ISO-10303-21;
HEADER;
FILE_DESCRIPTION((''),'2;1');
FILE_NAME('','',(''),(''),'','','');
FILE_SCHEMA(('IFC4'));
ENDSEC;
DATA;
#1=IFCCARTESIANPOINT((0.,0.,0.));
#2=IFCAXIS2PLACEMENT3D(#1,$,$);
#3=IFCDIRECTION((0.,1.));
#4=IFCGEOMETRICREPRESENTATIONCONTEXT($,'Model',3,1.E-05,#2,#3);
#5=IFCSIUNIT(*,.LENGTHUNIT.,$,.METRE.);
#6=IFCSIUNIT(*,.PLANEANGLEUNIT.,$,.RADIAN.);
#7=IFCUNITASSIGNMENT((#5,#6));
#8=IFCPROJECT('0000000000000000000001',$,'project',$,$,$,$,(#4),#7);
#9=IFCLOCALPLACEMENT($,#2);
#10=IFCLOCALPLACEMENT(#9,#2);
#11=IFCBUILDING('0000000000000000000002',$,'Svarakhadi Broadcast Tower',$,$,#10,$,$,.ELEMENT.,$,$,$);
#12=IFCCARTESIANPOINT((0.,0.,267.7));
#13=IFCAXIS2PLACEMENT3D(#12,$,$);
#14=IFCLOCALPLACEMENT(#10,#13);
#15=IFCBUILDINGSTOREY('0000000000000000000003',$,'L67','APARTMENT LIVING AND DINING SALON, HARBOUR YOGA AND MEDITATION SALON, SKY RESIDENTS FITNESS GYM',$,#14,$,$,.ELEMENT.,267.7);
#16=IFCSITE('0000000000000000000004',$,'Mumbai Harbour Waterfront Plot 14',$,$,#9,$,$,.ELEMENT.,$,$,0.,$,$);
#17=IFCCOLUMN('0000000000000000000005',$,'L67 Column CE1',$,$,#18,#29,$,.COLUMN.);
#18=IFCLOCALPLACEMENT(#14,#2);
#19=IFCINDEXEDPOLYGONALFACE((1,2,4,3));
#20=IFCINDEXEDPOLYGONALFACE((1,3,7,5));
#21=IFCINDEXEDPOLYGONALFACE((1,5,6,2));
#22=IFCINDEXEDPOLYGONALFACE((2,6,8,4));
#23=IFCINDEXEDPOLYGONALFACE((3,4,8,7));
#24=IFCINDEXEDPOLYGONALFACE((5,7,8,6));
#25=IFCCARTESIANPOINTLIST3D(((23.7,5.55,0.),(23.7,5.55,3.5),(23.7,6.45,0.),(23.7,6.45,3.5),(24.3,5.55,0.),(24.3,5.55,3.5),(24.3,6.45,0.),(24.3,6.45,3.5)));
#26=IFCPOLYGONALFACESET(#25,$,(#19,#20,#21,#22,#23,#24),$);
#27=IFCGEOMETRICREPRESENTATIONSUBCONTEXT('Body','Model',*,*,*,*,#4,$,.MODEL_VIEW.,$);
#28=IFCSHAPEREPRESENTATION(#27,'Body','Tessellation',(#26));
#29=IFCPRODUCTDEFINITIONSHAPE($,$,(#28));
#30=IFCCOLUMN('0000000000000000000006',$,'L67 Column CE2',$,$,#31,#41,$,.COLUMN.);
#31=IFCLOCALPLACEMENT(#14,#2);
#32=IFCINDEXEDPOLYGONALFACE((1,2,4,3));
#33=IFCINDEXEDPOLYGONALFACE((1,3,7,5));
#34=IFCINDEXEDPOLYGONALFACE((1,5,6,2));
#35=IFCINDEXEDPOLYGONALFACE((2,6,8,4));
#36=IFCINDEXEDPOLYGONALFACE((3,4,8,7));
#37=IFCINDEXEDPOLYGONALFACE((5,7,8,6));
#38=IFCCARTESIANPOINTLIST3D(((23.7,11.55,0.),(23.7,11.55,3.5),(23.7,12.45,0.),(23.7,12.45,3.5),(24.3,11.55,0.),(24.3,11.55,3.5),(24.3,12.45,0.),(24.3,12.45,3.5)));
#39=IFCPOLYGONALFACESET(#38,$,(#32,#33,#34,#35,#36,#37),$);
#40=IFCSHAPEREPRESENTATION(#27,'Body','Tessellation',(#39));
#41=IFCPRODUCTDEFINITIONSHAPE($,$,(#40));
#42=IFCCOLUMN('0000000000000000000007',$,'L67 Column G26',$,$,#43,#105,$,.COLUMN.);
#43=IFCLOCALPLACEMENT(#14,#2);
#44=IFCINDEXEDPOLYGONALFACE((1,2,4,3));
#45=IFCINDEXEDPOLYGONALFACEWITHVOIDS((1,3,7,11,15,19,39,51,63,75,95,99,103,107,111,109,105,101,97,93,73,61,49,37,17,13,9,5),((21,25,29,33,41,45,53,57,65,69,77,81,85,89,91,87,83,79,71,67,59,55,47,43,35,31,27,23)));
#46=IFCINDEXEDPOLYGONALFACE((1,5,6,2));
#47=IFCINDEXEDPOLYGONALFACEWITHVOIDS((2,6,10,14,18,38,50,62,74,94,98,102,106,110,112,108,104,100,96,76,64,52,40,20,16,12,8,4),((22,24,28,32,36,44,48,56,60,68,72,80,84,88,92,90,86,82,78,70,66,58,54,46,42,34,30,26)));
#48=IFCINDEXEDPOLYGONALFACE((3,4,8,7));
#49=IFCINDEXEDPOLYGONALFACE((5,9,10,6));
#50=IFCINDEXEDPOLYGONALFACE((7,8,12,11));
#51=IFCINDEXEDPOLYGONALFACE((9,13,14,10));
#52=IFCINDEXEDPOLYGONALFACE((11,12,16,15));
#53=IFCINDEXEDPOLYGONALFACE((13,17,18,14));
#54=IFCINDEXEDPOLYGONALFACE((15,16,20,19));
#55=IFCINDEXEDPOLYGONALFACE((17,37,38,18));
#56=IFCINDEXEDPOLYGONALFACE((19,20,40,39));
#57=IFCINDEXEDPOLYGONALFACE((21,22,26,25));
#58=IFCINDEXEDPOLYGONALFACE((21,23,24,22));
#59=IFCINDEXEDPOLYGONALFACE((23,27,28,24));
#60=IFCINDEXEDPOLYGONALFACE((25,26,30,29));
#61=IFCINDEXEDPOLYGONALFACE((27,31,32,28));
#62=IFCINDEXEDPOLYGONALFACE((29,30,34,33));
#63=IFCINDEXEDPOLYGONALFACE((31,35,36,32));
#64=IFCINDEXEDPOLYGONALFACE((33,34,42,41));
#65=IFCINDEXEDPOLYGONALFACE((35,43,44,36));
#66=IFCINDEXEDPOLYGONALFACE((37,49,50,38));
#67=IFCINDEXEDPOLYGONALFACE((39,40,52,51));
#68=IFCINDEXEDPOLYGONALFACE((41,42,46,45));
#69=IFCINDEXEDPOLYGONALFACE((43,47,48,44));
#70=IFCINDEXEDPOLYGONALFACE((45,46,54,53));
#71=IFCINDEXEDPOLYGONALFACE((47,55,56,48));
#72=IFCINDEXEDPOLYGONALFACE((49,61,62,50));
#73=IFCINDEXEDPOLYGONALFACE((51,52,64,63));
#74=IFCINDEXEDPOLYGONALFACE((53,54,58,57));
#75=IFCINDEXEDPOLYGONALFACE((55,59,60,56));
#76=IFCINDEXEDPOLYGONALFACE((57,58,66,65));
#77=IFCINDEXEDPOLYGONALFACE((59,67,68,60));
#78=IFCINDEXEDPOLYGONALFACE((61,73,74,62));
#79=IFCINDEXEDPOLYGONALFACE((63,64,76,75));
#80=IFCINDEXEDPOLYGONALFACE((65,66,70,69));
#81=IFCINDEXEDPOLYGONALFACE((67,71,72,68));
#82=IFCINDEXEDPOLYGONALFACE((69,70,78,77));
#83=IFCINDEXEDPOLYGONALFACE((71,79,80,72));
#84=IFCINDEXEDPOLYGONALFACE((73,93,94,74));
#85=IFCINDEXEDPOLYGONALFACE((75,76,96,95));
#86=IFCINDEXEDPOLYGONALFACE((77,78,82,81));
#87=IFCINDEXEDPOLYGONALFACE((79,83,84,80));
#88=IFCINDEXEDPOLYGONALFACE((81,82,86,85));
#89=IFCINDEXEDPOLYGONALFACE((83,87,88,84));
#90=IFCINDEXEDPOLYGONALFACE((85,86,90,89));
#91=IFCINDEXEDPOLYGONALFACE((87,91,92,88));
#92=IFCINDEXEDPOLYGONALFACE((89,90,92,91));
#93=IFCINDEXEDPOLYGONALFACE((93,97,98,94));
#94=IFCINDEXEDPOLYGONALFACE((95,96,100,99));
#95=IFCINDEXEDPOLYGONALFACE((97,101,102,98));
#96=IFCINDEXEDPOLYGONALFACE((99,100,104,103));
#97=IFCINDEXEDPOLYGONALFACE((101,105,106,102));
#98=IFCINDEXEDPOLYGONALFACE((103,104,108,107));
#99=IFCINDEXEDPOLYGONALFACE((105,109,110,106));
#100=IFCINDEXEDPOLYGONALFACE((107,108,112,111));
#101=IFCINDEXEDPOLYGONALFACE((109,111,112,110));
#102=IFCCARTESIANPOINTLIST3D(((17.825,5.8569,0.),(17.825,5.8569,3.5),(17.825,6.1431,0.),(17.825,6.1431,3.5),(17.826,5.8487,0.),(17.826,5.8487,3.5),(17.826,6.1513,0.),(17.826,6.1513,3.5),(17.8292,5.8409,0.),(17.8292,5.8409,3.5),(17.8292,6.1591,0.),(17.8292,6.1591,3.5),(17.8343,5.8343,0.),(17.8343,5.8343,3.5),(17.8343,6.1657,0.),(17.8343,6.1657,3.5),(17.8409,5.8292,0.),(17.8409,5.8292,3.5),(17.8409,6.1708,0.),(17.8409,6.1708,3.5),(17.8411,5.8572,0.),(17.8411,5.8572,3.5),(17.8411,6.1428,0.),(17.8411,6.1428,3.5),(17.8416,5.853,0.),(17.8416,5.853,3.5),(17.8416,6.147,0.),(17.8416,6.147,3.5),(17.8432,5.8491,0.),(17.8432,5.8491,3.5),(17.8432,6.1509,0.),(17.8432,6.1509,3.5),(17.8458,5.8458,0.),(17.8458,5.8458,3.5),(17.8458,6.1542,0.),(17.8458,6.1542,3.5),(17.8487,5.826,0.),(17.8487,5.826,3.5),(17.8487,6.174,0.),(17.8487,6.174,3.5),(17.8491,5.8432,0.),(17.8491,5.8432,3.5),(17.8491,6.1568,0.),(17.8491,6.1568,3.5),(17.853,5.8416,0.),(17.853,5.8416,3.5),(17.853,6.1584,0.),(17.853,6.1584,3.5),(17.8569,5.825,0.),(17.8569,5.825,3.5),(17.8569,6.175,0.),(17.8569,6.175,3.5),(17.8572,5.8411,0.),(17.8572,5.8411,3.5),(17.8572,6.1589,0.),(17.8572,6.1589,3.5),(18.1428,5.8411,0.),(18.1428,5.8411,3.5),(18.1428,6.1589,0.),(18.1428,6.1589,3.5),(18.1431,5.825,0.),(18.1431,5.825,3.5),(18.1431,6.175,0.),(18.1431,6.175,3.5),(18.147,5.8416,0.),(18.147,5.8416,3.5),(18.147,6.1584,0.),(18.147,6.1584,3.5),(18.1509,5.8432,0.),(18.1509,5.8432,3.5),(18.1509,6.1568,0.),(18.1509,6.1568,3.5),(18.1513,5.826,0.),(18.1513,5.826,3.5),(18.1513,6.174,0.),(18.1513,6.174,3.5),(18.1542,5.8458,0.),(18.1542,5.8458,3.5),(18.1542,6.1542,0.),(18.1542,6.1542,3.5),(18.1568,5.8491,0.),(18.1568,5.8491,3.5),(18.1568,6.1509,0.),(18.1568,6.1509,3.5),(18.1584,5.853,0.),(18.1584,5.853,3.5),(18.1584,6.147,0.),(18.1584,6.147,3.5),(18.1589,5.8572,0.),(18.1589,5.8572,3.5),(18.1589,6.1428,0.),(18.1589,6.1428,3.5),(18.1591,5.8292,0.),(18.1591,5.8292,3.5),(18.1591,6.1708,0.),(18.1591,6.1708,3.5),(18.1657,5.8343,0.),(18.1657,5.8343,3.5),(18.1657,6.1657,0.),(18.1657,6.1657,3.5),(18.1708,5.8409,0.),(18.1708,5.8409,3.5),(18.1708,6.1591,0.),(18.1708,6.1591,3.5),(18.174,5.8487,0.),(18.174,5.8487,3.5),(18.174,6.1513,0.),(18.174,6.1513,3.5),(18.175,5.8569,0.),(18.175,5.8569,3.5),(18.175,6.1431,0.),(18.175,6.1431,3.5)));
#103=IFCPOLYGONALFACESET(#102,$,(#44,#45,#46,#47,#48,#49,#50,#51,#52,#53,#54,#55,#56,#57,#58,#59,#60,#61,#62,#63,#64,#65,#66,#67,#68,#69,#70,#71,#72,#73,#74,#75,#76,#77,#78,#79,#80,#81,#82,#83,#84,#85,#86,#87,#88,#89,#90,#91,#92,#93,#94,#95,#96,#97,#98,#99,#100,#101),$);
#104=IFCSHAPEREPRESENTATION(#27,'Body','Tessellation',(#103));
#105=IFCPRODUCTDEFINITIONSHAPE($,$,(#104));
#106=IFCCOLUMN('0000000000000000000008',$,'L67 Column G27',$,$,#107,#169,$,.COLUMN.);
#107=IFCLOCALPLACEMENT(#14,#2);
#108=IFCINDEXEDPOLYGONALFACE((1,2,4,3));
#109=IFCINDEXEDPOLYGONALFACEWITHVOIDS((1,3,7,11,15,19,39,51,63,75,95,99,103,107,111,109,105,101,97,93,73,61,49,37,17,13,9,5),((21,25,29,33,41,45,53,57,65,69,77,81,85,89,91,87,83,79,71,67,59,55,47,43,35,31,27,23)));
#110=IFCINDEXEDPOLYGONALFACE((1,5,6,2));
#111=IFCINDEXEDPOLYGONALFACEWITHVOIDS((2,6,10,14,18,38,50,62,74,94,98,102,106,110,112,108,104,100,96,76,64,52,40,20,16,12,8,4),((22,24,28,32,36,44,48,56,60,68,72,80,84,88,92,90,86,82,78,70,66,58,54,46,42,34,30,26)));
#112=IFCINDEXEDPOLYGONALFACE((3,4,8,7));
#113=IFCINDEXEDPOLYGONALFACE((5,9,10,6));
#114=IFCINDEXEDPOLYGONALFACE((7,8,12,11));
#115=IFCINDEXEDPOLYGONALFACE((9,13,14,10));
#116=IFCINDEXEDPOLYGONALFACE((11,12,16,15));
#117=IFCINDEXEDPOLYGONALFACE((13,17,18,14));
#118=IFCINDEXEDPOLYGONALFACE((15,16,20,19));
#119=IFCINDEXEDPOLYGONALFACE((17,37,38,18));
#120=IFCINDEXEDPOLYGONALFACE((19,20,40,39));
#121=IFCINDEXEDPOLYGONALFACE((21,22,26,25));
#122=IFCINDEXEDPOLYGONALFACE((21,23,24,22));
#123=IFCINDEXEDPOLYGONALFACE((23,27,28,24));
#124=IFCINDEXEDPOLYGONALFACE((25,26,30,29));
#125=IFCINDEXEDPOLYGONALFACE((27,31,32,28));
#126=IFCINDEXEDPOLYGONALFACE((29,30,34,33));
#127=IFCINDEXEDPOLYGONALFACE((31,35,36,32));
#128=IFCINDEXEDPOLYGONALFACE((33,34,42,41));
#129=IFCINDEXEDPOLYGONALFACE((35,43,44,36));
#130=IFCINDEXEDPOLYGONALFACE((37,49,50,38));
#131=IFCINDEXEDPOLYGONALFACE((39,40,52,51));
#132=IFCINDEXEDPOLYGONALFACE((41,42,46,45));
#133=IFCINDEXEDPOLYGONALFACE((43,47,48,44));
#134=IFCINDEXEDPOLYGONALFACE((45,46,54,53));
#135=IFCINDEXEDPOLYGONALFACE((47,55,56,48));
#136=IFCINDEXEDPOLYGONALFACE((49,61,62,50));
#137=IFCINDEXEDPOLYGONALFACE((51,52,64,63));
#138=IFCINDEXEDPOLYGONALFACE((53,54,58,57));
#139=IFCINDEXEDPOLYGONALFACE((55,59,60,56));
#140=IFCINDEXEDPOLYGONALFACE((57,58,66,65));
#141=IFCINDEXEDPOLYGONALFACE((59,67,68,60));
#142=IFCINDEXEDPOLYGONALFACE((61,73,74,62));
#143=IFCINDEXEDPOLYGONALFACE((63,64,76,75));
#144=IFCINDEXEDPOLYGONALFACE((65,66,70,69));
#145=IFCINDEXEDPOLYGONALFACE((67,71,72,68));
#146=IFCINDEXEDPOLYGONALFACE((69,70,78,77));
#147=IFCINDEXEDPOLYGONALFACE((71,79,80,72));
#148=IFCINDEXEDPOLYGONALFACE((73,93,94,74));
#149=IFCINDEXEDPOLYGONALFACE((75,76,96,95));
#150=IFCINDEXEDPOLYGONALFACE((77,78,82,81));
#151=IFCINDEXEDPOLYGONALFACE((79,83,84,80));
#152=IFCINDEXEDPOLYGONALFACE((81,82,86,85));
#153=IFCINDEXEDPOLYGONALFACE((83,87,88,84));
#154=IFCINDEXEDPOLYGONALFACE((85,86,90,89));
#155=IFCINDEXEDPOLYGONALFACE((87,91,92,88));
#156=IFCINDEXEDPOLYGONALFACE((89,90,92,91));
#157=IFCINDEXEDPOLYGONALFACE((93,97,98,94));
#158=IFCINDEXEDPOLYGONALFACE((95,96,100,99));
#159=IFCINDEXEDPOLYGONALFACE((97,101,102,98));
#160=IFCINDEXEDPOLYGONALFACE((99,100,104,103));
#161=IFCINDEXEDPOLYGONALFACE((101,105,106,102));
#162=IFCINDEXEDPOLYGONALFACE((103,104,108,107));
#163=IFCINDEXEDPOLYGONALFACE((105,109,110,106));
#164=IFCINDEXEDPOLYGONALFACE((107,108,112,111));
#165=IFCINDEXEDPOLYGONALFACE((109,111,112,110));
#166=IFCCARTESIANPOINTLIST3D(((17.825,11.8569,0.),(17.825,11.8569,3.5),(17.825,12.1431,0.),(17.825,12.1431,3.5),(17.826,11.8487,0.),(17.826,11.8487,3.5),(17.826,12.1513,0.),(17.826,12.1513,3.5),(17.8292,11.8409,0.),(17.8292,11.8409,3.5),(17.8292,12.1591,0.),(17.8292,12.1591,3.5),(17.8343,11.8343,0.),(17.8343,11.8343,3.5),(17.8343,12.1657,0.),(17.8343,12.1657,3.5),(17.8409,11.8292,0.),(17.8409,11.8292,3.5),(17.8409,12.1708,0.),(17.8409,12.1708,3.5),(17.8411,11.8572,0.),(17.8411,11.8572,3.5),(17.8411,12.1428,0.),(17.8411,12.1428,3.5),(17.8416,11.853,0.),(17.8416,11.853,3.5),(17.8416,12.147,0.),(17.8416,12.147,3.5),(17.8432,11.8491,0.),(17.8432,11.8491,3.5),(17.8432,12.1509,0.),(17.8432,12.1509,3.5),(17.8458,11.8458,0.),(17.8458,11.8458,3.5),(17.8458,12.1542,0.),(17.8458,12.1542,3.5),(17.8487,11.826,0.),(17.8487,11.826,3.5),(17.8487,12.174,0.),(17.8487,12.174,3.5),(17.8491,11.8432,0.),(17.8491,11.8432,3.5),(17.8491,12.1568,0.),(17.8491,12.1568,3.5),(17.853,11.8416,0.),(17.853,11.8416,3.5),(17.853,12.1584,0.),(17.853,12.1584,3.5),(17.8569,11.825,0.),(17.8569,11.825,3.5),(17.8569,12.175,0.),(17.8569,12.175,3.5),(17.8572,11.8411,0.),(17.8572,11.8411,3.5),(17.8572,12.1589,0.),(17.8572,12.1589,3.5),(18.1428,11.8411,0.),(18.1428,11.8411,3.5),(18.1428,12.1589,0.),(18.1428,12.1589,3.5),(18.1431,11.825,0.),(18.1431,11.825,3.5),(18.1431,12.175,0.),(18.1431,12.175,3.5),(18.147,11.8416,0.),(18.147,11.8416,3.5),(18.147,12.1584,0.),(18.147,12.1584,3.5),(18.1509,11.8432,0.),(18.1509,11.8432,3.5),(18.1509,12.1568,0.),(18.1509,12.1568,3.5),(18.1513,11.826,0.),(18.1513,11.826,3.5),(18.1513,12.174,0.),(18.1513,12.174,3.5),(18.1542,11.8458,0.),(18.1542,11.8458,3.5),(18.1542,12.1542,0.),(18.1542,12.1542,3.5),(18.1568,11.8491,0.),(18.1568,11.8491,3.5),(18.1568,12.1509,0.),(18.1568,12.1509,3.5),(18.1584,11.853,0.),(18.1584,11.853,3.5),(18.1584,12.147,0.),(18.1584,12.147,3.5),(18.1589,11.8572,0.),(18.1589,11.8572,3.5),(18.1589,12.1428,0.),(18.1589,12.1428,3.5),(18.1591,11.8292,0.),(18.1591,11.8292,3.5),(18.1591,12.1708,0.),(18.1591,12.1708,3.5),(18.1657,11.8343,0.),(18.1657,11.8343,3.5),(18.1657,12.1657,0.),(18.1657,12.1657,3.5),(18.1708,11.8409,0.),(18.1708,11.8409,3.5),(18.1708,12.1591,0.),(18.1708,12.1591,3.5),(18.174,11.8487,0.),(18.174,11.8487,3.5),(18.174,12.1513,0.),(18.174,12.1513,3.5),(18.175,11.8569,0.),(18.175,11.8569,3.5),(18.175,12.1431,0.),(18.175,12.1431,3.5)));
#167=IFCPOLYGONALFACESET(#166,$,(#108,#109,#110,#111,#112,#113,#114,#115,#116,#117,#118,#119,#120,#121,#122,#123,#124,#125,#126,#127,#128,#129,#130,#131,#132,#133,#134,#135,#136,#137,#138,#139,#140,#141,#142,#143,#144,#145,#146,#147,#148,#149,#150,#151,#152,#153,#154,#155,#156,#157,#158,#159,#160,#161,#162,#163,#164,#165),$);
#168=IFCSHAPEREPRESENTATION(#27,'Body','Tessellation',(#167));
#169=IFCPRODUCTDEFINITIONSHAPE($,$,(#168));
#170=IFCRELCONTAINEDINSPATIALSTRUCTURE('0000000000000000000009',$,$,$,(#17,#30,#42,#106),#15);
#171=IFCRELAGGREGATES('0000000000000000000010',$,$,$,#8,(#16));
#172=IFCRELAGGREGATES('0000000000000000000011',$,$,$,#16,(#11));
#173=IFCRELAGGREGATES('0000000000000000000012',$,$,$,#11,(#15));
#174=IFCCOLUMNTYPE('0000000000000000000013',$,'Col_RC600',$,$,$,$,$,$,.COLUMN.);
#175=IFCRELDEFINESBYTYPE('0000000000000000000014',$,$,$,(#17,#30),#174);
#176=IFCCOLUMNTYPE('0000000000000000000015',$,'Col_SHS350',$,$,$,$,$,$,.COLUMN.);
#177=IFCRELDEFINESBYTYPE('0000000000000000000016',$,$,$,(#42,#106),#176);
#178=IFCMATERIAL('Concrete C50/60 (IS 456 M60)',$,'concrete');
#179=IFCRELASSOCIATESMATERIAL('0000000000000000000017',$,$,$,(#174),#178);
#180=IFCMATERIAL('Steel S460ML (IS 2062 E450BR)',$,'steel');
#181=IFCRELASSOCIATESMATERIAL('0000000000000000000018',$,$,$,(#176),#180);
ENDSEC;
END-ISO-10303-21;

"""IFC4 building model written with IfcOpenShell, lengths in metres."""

from ifc_helpers import new_model, si_unit, direction, frame, origin, origin_2d, place, context, subcontext, project, spatial, rectangle, hollow_rectangle, extrude, material, material_profile, profile_set, type_object, element, save


model = new_model("IFC4")

# Units and contexts
model_context = context("Model", 3, precision=1e-05, world=origin(), true_north=direction((0.0, 1.0)))
body_context = subcontext(model_context, "Body", "Model", "MODEL_VIEW")
ifc_project = project(units=[si_unit("LENGTHUNIT", "METRE"), si_unit("PLANEANGLEUNIT", "RADIAN")], contexts=[model_context])

# Site, building, storey
site_placement = place(None, origin())
site = spatial("IfcSite", under=ifc_project, at=site_placement, Name="Mumbai Harbour Waterfront Plot 14", CompositionType="ELEMENT", RefElevation=0.0)
building_placement = place(site_placement, origin())
building = spatial("IfcBuilding", under=site, at=building_placement, Name="Svarakhadi Broadcast Tower", CompositionType="ELEMENT")
storey_placement = place(building_placement, frame((0.0, 0.0, 267.7)))
storey = spatial("IfcBuildingStorey", under=building, at=storey_placement, Name="L67", Description="APARTMENT LIVING AND DINING SALON, HARBOUR YOGA AND MEDITATION SALON, SKY RESIDENTS FITNESS GYM", CompositionType="ELEMENT", Elevation=267.7)

# Columns
ifc_material_1 = material(Name="Concrete C50/60 (IS 456 M60)", Category="concrete")
ifc_material_profile_1 = material_profile(ifc_material_1, rectangle(XDim=0.6001, YDim=0.8999, at=origin_2d()), Name="RC 600x900")
ifc_profile_set_1 = profile_set([ifc_material_profile_1], Name="Concrete C50/60 (IS 456 M60)")
column_type_1 = type_object("IfcColumnType", Name="Col_RC600", PredefinedType="COLUMN", material=ifc_profile_set_1)
for number, where, z_axis, x_axis, name in (
    (1, (24.0, 6.0, 0.0), (0.0, 0.0, 1.0), (1.0, 0.0, 0.0), "L67 Column CE1"),
    (2, (24.0, 12.0, 0.0), (0.0, 0.0, 1.0), (1.0, 0.0, 0.0), "L67 Column CE2"),
):
    element("IfcColumn", number, at=place(storey_placement, frame(where, z_axis=z_axis, x_axis=x_axis)), inside=storey, type_object=column_type_1, Name=name, PredefinedType="COLUMN", context=body_context, shape_type="SweptSolid", body=[
        extrude(rectangle(XDim=0.6001, YDim=0.8999, at=origin_2d()), origin(), (0.0, 0.0, 1.0), 3.5),
    ])
ifc_material_2 = material(Name="Steel S460ML (IS 2062 E450BR)", Category="steel")
ifc_material_profile_2 = material_profile(ifc_material_2, hollow_rectangle(XDim=0.3501, YDim=0.3501, WallThickness=0.0161, InnerFilletRadius=0.0161, OuterFilletRadius=0.032, at=origin_2d()), Name="SHS 350x350x16")
ifc_profile_set_2 = profile_set([ifc_material_profile_2], Name="Steel S460ML (IS 2062 E450BR)")
column_type_2 = type_object("IfcColumnType", Name="Col_SHS350", PredefinedType="COLUMN", material=ifc_profile_set_2)
for number, where, z_axis, x_axis, name in (
    (3, (18.0, 6.0, 0.0), (0.0, 0.0, 1.0), (1.0, 0.0, 0.0), "L67 Column G26"),
    (4, (18.0, 12.0, 0.0), (0.0, 0.0, 1.0), (1.0, 0.0, 0.0), "L67 Column G27"),
):
    element("IfcColumn", number, at=place(storey_placement, frame(where, z_axis=z_axis, x_axis=x_axis)), inside=storey, type_object=column_type_2, Name=name, PredefinedType="COLUMN", context=body_context, shape_type="SweptSolid", body=[
        extrude(hollow_rectangle(XDim=0.3501, YDim=0.3501, WallThickness=0.0161, InnerFilletRadius=0.0161, OuterFilletRadius=0.032, at=origin_2d()), origin(), (0.0, 0.0, 1.0), 3.5),
    ])

save(model, "model.ifc")
